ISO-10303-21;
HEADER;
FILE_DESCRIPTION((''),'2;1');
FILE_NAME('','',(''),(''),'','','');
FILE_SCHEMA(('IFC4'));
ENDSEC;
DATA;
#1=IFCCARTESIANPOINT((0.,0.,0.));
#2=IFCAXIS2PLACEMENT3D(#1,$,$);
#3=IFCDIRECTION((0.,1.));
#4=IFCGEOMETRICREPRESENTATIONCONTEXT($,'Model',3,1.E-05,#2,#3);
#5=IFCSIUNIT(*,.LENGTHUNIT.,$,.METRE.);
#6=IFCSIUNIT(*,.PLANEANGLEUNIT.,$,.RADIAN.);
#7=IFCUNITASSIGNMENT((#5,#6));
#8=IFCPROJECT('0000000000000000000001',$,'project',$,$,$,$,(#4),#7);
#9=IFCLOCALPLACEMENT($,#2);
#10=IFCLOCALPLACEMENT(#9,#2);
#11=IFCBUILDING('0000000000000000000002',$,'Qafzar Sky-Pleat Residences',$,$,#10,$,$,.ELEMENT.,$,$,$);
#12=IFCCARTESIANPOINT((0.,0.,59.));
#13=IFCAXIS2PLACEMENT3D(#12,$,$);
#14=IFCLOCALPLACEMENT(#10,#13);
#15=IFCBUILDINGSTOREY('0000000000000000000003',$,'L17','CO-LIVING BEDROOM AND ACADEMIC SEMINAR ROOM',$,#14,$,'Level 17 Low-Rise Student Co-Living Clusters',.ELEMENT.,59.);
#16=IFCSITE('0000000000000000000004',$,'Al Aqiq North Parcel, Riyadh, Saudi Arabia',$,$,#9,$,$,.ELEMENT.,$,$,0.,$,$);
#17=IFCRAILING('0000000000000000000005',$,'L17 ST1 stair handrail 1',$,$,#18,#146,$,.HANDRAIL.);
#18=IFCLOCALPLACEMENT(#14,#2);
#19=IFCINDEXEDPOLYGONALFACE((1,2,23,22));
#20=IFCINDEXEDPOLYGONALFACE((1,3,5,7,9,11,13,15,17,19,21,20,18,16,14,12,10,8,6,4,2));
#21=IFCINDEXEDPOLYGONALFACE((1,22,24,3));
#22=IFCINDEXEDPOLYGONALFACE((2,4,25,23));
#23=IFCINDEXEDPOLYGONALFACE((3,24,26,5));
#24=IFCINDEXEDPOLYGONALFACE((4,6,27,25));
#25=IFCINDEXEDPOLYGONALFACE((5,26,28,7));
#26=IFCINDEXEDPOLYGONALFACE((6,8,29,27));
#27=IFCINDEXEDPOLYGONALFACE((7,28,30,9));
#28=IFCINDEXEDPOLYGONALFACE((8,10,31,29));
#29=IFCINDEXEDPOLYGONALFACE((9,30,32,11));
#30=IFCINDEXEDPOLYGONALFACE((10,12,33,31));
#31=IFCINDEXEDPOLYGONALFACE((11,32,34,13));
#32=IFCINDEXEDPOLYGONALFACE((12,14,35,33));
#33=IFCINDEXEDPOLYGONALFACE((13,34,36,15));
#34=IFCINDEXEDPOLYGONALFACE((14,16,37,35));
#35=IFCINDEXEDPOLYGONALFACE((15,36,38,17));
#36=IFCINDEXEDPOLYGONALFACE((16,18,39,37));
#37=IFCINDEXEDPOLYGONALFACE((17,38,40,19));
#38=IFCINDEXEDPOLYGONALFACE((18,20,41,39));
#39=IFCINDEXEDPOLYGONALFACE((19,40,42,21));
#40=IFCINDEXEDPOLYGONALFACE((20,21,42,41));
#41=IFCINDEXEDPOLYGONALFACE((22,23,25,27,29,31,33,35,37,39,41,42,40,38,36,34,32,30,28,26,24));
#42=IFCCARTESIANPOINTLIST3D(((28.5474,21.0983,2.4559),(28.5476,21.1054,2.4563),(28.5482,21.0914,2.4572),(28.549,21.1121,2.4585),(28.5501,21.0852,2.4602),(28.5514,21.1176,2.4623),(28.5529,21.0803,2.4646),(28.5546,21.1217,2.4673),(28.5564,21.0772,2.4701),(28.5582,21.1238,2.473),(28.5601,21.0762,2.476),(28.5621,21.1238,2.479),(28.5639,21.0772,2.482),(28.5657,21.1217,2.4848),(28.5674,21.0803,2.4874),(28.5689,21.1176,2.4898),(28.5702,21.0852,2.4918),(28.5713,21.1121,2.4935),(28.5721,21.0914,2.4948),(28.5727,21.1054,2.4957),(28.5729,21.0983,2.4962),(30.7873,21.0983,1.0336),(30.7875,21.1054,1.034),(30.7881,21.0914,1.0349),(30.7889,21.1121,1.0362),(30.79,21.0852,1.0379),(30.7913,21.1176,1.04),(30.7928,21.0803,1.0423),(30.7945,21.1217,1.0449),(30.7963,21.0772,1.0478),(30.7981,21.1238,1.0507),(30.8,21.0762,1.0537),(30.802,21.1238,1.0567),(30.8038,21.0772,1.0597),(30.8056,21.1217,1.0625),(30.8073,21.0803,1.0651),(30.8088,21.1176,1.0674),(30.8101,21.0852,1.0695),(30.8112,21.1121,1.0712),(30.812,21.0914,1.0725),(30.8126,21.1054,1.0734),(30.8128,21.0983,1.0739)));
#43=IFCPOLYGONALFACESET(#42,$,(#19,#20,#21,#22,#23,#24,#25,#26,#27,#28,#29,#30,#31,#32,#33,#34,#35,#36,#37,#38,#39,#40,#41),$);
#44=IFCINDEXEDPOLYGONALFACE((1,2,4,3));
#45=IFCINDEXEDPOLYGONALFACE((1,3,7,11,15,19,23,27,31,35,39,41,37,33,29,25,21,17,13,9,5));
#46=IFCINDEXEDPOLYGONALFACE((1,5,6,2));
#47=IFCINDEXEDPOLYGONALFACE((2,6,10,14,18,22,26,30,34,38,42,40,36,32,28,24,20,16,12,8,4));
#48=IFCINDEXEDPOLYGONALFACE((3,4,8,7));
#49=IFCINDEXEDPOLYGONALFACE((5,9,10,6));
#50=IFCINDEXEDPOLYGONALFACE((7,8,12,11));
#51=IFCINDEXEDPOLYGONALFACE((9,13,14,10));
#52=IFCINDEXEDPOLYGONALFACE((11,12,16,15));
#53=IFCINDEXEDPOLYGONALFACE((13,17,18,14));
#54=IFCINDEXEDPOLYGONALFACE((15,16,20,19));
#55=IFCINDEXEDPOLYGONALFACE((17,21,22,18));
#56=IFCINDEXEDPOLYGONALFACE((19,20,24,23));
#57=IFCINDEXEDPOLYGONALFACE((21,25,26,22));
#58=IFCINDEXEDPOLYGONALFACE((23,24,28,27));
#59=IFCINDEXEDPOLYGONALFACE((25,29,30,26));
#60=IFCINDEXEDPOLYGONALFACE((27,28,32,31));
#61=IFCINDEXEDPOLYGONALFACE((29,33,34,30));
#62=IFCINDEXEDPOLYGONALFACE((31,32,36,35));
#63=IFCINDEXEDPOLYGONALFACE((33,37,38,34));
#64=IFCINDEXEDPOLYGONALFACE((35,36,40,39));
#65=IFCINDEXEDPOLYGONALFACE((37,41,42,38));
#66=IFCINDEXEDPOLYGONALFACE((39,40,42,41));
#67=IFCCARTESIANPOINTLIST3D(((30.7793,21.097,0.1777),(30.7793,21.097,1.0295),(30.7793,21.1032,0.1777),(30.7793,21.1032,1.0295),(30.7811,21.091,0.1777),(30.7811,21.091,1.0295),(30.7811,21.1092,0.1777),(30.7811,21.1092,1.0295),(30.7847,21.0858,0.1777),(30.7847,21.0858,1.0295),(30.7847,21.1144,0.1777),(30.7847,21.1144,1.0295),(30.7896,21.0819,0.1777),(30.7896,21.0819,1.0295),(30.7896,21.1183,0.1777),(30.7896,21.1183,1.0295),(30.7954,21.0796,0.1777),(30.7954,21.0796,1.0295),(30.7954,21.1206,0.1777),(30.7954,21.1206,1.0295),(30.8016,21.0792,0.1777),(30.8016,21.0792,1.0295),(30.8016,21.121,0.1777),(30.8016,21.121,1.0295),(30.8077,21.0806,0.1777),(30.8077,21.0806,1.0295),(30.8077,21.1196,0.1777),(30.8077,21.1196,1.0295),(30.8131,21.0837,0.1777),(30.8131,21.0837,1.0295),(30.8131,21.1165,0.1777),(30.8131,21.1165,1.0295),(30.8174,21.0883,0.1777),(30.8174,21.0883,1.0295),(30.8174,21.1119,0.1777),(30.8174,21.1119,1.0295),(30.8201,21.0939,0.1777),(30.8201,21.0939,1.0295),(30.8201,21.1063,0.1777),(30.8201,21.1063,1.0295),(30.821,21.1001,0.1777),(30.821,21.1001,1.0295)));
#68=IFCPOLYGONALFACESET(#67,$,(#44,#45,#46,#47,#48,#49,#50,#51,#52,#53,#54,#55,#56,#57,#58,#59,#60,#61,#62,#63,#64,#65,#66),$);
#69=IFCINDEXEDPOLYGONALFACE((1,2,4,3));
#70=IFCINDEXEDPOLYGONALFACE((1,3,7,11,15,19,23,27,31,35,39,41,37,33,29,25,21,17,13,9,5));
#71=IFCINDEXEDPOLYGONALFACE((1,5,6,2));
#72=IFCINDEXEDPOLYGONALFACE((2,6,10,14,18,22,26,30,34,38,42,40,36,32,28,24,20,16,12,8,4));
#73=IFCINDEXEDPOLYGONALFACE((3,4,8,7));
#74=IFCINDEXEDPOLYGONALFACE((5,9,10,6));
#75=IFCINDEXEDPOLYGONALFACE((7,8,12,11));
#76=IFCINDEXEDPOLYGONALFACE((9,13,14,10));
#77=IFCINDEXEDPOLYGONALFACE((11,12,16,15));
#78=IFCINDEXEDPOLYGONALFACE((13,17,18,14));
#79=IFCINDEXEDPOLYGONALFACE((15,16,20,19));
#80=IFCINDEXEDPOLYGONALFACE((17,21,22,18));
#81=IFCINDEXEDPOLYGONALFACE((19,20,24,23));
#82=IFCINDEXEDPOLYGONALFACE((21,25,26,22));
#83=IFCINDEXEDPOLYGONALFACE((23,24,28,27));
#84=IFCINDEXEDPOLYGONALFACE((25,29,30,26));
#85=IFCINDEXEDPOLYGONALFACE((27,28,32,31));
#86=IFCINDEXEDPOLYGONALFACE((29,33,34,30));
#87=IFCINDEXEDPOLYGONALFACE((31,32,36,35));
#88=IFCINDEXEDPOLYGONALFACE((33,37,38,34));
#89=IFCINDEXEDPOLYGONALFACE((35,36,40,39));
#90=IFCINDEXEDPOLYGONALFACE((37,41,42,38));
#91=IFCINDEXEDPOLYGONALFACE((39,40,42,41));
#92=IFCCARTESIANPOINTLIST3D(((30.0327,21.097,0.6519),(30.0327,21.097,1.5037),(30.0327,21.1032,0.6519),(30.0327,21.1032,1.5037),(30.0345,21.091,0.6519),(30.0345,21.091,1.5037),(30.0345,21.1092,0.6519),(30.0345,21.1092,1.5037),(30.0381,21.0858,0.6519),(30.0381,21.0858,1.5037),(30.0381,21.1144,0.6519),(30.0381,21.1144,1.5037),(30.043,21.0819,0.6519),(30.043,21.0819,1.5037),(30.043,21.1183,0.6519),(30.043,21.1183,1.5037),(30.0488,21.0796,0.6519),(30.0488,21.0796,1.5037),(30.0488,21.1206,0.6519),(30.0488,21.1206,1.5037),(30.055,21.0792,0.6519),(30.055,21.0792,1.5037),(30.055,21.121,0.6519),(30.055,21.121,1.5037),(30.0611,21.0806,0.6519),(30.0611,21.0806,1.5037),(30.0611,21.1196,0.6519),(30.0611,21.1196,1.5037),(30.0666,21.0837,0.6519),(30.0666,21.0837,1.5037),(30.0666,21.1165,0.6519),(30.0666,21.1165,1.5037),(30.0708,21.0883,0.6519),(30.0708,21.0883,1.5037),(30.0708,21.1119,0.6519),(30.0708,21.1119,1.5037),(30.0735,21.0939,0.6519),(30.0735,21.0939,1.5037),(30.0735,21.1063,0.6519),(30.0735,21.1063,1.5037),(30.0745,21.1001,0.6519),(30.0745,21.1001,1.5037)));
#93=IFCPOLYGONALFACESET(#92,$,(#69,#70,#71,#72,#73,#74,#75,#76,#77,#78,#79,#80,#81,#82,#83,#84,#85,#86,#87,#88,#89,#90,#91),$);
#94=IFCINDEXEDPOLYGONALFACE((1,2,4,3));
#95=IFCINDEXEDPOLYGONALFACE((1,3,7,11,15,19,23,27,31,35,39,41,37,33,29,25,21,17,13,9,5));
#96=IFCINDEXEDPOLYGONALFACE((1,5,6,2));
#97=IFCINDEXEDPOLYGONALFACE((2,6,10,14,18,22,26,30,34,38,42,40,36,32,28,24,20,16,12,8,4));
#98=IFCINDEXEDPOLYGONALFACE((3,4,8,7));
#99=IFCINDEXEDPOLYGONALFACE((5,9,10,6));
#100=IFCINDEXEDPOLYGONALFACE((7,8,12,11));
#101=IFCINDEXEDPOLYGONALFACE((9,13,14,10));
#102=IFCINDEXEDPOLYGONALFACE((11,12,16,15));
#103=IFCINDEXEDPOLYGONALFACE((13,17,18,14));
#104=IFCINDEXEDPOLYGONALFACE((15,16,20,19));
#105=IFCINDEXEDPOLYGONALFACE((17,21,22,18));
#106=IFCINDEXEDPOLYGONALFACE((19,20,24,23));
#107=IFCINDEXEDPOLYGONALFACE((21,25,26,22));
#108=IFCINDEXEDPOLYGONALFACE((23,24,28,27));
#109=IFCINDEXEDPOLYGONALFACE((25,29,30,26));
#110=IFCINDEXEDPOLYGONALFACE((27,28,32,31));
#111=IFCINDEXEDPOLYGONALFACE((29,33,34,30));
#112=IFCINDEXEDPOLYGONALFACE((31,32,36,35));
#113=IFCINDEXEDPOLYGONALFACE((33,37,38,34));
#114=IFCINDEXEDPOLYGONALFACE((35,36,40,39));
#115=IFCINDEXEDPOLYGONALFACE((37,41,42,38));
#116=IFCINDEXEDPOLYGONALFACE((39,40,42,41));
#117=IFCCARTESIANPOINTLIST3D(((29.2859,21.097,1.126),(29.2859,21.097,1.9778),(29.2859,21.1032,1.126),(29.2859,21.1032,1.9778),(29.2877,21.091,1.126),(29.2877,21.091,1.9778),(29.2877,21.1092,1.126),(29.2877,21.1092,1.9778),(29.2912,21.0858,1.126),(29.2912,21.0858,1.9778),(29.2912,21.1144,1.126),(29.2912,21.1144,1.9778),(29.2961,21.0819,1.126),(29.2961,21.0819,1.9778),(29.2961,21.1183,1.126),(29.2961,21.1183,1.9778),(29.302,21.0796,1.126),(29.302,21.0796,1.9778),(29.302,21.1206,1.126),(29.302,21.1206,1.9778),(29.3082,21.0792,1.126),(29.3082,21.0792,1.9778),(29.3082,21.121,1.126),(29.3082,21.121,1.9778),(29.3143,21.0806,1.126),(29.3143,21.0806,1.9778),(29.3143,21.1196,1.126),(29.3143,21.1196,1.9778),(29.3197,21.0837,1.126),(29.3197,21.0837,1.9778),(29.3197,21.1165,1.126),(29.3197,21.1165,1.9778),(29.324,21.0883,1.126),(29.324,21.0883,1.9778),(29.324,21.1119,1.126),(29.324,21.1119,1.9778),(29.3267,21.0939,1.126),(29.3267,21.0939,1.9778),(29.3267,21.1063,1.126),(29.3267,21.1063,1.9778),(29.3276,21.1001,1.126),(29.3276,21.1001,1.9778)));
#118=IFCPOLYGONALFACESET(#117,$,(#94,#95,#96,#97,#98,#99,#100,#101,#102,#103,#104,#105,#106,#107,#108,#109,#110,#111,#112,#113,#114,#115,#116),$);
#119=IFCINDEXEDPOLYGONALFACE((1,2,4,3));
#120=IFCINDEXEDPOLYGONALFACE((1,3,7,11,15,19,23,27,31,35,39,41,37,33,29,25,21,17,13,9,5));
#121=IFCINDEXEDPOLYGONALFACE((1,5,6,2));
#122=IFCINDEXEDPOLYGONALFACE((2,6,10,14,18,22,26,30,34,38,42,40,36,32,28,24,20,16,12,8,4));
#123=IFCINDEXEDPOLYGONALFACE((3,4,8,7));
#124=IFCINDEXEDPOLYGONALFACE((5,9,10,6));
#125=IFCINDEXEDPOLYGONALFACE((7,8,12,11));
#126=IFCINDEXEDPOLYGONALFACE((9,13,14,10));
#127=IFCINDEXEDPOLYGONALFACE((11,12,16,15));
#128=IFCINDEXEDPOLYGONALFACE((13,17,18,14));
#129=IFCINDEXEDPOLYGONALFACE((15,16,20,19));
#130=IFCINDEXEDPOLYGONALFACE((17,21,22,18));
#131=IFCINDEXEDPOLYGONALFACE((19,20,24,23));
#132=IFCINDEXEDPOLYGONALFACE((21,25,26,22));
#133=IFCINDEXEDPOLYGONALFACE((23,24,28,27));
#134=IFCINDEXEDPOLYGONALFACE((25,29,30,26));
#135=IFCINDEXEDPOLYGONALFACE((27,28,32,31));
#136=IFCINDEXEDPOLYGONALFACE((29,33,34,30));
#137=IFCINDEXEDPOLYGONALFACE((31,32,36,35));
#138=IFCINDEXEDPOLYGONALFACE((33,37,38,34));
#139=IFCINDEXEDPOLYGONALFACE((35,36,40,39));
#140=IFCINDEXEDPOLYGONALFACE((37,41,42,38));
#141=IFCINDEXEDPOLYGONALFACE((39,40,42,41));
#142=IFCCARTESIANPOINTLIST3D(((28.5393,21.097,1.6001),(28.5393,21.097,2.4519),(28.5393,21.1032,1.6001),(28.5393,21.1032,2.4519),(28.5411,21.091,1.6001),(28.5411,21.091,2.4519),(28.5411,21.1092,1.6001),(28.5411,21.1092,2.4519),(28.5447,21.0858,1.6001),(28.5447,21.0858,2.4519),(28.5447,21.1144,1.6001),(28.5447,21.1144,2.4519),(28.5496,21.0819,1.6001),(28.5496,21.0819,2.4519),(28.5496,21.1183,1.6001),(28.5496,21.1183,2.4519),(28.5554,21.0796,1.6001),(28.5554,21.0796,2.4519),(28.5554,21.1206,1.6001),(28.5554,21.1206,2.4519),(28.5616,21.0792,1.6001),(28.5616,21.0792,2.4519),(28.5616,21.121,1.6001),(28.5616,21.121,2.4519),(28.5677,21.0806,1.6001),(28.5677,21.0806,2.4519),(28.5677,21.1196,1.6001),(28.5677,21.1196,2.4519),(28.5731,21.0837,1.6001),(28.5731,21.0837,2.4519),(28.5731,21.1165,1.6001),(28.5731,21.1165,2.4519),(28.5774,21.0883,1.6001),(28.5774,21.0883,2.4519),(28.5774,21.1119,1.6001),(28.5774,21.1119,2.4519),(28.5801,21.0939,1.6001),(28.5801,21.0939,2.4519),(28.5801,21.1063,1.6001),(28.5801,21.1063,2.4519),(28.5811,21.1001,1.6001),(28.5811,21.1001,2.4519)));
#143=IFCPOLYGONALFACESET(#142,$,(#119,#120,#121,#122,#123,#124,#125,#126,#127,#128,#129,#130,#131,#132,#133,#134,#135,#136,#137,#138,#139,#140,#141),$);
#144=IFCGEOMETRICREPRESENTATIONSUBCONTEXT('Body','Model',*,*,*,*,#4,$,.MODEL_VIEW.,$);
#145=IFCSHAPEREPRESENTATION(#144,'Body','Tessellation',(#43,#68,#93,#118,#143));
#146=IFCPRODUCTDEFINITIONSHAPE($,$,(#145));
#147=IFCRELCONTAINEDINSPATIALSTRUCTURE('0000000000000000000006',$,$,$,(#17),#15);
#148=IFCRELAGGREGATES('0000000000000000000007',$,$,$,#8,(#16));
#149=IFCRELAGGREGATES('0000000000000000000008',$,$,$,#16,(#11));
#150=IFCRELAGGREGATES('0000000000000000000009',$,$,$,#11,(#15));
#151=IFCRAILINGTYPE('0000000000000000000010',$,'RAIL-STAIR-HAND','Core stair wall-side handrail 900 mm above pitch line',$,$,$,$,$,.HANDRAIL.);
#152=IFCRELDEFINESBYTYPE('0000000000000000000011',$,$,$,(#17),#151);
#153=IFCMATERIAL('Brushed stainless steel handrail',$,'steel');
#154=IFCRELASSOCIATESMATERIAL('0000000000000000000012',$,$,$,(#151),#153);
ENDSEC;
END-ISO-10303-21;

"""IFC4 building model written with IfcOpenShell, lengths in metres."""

from ifc_helpers import new_model, si_unit, direction, frame, origin, origin_2d, place, context, subcontext, project, spatial, circle, extrude, source, transform, mapped, material, type_object, element, save


model = new_model("IFC4")

# Units and contexts
model_context = context("Model", 3, precision=1e-05, world=origin(), true_north=direction((0.0, 1.0)))
body_context = subcontext(model_context, "Body", "Model", "MODEL_VIEW")
ifc_project = project(units=[si_unit("LENGTHUNIT", "METRE"), si_unit("PLANEANGLEUNIT", "RADIAN")], contexts=[model_context])

# Site, building, storey
site_placement = place(None, origin())
site = spatial("IfcSite", under=ifc_project, at=site_placement, Name="Al Aqiq North Parcel, Riyadh, Saudi Arabia", CompositionType="ELEMENT", RefElevation=0.0)
building_placement = place(site_placement, origin())
building = spatial("IfcBuilding", under=site, at=building_placement, Name="Qafzar Sky-Pleat Residences", CompositionType="ELEMENT")
storey_placement = place(building_placement, frame((0.0, 0.0, 59.0)))
storey = spatial("IfcBuildingStorey", under=building, at=storey_placement, Name="L17", Description="CO-LIVING BEDROOM AND ACADEMIC SEMINAR ROOM", LongName="Level 17 Low-Rise Student Co-Living Clusters", CompositionType="ELEMENT", Elevation=59.0)

# Railing
ifc_material_1 = material(Name="Brushed stainless steel handrail", Category="steel")
railing_type_1 = type_object("IfcRailingType", Name="RAIL-STAIR-HAND", Description="Core stair wall-side handrail 900 mm above pitch line", PredefinedType="HANDRAIL", material=ifc_material_1)
shared_shape_1 = source(origin(), body_context, "Body", "SweptSolid", [
    extrude(circle(Radius=0.0239, at=origin_2d()), frame((0.0, 0.0, 0.876), z_axis=(-0.844188, 0.0, 0.536048), x_axis=(0.0, -1.0, 0.0)), (0.0, 0.0, 1.0), 2.6533),
    extrude(circle(Radius=0.021, at=origin_2d()), origin(), (0.0, 0.0, 1.0), 0.8518),
    extrude(circle(Radius=0.021, at=origin_2d()), frame((-0.7466, 0.0, 0.4741)), (0.0, 0.0, 1.0), 0.8518),
    extrude(circle(Radius=0.021, at=origin_2d()), frame((-1.4934, 0.0, 0.9482)), (0.0, 0.0, 1.0), 0.8518),
    extrude(circle(Radius=0.021, at=origin_2d()), frame((-2.24, 0.0, 1.4224)), (0.0, 0.0, 1.0), 0.8518),
])
railing_1_placement = place(storey_placement, frame((30.8, 21.1001, 0.1777)))
element("IfcRailing", 1, at=railing_1_placement, inside=storey, type_object=railing_type_1, Name="L17 ST1 stair handrail 1", PredefinedType="HANDRAIL", context=body_context, shape_type="MappedRepresentation", body=[
    mapped(shared_shape_1, transform((0.0, 0.0, 0.0), x_axis=(1.0, 0.0, 0.0), y_axis=(0.0, 1.0, 0.0), z_axis=(0.0, 0.0, 1.0), scale=1.0)),
])

save(model, "model.ifc")
